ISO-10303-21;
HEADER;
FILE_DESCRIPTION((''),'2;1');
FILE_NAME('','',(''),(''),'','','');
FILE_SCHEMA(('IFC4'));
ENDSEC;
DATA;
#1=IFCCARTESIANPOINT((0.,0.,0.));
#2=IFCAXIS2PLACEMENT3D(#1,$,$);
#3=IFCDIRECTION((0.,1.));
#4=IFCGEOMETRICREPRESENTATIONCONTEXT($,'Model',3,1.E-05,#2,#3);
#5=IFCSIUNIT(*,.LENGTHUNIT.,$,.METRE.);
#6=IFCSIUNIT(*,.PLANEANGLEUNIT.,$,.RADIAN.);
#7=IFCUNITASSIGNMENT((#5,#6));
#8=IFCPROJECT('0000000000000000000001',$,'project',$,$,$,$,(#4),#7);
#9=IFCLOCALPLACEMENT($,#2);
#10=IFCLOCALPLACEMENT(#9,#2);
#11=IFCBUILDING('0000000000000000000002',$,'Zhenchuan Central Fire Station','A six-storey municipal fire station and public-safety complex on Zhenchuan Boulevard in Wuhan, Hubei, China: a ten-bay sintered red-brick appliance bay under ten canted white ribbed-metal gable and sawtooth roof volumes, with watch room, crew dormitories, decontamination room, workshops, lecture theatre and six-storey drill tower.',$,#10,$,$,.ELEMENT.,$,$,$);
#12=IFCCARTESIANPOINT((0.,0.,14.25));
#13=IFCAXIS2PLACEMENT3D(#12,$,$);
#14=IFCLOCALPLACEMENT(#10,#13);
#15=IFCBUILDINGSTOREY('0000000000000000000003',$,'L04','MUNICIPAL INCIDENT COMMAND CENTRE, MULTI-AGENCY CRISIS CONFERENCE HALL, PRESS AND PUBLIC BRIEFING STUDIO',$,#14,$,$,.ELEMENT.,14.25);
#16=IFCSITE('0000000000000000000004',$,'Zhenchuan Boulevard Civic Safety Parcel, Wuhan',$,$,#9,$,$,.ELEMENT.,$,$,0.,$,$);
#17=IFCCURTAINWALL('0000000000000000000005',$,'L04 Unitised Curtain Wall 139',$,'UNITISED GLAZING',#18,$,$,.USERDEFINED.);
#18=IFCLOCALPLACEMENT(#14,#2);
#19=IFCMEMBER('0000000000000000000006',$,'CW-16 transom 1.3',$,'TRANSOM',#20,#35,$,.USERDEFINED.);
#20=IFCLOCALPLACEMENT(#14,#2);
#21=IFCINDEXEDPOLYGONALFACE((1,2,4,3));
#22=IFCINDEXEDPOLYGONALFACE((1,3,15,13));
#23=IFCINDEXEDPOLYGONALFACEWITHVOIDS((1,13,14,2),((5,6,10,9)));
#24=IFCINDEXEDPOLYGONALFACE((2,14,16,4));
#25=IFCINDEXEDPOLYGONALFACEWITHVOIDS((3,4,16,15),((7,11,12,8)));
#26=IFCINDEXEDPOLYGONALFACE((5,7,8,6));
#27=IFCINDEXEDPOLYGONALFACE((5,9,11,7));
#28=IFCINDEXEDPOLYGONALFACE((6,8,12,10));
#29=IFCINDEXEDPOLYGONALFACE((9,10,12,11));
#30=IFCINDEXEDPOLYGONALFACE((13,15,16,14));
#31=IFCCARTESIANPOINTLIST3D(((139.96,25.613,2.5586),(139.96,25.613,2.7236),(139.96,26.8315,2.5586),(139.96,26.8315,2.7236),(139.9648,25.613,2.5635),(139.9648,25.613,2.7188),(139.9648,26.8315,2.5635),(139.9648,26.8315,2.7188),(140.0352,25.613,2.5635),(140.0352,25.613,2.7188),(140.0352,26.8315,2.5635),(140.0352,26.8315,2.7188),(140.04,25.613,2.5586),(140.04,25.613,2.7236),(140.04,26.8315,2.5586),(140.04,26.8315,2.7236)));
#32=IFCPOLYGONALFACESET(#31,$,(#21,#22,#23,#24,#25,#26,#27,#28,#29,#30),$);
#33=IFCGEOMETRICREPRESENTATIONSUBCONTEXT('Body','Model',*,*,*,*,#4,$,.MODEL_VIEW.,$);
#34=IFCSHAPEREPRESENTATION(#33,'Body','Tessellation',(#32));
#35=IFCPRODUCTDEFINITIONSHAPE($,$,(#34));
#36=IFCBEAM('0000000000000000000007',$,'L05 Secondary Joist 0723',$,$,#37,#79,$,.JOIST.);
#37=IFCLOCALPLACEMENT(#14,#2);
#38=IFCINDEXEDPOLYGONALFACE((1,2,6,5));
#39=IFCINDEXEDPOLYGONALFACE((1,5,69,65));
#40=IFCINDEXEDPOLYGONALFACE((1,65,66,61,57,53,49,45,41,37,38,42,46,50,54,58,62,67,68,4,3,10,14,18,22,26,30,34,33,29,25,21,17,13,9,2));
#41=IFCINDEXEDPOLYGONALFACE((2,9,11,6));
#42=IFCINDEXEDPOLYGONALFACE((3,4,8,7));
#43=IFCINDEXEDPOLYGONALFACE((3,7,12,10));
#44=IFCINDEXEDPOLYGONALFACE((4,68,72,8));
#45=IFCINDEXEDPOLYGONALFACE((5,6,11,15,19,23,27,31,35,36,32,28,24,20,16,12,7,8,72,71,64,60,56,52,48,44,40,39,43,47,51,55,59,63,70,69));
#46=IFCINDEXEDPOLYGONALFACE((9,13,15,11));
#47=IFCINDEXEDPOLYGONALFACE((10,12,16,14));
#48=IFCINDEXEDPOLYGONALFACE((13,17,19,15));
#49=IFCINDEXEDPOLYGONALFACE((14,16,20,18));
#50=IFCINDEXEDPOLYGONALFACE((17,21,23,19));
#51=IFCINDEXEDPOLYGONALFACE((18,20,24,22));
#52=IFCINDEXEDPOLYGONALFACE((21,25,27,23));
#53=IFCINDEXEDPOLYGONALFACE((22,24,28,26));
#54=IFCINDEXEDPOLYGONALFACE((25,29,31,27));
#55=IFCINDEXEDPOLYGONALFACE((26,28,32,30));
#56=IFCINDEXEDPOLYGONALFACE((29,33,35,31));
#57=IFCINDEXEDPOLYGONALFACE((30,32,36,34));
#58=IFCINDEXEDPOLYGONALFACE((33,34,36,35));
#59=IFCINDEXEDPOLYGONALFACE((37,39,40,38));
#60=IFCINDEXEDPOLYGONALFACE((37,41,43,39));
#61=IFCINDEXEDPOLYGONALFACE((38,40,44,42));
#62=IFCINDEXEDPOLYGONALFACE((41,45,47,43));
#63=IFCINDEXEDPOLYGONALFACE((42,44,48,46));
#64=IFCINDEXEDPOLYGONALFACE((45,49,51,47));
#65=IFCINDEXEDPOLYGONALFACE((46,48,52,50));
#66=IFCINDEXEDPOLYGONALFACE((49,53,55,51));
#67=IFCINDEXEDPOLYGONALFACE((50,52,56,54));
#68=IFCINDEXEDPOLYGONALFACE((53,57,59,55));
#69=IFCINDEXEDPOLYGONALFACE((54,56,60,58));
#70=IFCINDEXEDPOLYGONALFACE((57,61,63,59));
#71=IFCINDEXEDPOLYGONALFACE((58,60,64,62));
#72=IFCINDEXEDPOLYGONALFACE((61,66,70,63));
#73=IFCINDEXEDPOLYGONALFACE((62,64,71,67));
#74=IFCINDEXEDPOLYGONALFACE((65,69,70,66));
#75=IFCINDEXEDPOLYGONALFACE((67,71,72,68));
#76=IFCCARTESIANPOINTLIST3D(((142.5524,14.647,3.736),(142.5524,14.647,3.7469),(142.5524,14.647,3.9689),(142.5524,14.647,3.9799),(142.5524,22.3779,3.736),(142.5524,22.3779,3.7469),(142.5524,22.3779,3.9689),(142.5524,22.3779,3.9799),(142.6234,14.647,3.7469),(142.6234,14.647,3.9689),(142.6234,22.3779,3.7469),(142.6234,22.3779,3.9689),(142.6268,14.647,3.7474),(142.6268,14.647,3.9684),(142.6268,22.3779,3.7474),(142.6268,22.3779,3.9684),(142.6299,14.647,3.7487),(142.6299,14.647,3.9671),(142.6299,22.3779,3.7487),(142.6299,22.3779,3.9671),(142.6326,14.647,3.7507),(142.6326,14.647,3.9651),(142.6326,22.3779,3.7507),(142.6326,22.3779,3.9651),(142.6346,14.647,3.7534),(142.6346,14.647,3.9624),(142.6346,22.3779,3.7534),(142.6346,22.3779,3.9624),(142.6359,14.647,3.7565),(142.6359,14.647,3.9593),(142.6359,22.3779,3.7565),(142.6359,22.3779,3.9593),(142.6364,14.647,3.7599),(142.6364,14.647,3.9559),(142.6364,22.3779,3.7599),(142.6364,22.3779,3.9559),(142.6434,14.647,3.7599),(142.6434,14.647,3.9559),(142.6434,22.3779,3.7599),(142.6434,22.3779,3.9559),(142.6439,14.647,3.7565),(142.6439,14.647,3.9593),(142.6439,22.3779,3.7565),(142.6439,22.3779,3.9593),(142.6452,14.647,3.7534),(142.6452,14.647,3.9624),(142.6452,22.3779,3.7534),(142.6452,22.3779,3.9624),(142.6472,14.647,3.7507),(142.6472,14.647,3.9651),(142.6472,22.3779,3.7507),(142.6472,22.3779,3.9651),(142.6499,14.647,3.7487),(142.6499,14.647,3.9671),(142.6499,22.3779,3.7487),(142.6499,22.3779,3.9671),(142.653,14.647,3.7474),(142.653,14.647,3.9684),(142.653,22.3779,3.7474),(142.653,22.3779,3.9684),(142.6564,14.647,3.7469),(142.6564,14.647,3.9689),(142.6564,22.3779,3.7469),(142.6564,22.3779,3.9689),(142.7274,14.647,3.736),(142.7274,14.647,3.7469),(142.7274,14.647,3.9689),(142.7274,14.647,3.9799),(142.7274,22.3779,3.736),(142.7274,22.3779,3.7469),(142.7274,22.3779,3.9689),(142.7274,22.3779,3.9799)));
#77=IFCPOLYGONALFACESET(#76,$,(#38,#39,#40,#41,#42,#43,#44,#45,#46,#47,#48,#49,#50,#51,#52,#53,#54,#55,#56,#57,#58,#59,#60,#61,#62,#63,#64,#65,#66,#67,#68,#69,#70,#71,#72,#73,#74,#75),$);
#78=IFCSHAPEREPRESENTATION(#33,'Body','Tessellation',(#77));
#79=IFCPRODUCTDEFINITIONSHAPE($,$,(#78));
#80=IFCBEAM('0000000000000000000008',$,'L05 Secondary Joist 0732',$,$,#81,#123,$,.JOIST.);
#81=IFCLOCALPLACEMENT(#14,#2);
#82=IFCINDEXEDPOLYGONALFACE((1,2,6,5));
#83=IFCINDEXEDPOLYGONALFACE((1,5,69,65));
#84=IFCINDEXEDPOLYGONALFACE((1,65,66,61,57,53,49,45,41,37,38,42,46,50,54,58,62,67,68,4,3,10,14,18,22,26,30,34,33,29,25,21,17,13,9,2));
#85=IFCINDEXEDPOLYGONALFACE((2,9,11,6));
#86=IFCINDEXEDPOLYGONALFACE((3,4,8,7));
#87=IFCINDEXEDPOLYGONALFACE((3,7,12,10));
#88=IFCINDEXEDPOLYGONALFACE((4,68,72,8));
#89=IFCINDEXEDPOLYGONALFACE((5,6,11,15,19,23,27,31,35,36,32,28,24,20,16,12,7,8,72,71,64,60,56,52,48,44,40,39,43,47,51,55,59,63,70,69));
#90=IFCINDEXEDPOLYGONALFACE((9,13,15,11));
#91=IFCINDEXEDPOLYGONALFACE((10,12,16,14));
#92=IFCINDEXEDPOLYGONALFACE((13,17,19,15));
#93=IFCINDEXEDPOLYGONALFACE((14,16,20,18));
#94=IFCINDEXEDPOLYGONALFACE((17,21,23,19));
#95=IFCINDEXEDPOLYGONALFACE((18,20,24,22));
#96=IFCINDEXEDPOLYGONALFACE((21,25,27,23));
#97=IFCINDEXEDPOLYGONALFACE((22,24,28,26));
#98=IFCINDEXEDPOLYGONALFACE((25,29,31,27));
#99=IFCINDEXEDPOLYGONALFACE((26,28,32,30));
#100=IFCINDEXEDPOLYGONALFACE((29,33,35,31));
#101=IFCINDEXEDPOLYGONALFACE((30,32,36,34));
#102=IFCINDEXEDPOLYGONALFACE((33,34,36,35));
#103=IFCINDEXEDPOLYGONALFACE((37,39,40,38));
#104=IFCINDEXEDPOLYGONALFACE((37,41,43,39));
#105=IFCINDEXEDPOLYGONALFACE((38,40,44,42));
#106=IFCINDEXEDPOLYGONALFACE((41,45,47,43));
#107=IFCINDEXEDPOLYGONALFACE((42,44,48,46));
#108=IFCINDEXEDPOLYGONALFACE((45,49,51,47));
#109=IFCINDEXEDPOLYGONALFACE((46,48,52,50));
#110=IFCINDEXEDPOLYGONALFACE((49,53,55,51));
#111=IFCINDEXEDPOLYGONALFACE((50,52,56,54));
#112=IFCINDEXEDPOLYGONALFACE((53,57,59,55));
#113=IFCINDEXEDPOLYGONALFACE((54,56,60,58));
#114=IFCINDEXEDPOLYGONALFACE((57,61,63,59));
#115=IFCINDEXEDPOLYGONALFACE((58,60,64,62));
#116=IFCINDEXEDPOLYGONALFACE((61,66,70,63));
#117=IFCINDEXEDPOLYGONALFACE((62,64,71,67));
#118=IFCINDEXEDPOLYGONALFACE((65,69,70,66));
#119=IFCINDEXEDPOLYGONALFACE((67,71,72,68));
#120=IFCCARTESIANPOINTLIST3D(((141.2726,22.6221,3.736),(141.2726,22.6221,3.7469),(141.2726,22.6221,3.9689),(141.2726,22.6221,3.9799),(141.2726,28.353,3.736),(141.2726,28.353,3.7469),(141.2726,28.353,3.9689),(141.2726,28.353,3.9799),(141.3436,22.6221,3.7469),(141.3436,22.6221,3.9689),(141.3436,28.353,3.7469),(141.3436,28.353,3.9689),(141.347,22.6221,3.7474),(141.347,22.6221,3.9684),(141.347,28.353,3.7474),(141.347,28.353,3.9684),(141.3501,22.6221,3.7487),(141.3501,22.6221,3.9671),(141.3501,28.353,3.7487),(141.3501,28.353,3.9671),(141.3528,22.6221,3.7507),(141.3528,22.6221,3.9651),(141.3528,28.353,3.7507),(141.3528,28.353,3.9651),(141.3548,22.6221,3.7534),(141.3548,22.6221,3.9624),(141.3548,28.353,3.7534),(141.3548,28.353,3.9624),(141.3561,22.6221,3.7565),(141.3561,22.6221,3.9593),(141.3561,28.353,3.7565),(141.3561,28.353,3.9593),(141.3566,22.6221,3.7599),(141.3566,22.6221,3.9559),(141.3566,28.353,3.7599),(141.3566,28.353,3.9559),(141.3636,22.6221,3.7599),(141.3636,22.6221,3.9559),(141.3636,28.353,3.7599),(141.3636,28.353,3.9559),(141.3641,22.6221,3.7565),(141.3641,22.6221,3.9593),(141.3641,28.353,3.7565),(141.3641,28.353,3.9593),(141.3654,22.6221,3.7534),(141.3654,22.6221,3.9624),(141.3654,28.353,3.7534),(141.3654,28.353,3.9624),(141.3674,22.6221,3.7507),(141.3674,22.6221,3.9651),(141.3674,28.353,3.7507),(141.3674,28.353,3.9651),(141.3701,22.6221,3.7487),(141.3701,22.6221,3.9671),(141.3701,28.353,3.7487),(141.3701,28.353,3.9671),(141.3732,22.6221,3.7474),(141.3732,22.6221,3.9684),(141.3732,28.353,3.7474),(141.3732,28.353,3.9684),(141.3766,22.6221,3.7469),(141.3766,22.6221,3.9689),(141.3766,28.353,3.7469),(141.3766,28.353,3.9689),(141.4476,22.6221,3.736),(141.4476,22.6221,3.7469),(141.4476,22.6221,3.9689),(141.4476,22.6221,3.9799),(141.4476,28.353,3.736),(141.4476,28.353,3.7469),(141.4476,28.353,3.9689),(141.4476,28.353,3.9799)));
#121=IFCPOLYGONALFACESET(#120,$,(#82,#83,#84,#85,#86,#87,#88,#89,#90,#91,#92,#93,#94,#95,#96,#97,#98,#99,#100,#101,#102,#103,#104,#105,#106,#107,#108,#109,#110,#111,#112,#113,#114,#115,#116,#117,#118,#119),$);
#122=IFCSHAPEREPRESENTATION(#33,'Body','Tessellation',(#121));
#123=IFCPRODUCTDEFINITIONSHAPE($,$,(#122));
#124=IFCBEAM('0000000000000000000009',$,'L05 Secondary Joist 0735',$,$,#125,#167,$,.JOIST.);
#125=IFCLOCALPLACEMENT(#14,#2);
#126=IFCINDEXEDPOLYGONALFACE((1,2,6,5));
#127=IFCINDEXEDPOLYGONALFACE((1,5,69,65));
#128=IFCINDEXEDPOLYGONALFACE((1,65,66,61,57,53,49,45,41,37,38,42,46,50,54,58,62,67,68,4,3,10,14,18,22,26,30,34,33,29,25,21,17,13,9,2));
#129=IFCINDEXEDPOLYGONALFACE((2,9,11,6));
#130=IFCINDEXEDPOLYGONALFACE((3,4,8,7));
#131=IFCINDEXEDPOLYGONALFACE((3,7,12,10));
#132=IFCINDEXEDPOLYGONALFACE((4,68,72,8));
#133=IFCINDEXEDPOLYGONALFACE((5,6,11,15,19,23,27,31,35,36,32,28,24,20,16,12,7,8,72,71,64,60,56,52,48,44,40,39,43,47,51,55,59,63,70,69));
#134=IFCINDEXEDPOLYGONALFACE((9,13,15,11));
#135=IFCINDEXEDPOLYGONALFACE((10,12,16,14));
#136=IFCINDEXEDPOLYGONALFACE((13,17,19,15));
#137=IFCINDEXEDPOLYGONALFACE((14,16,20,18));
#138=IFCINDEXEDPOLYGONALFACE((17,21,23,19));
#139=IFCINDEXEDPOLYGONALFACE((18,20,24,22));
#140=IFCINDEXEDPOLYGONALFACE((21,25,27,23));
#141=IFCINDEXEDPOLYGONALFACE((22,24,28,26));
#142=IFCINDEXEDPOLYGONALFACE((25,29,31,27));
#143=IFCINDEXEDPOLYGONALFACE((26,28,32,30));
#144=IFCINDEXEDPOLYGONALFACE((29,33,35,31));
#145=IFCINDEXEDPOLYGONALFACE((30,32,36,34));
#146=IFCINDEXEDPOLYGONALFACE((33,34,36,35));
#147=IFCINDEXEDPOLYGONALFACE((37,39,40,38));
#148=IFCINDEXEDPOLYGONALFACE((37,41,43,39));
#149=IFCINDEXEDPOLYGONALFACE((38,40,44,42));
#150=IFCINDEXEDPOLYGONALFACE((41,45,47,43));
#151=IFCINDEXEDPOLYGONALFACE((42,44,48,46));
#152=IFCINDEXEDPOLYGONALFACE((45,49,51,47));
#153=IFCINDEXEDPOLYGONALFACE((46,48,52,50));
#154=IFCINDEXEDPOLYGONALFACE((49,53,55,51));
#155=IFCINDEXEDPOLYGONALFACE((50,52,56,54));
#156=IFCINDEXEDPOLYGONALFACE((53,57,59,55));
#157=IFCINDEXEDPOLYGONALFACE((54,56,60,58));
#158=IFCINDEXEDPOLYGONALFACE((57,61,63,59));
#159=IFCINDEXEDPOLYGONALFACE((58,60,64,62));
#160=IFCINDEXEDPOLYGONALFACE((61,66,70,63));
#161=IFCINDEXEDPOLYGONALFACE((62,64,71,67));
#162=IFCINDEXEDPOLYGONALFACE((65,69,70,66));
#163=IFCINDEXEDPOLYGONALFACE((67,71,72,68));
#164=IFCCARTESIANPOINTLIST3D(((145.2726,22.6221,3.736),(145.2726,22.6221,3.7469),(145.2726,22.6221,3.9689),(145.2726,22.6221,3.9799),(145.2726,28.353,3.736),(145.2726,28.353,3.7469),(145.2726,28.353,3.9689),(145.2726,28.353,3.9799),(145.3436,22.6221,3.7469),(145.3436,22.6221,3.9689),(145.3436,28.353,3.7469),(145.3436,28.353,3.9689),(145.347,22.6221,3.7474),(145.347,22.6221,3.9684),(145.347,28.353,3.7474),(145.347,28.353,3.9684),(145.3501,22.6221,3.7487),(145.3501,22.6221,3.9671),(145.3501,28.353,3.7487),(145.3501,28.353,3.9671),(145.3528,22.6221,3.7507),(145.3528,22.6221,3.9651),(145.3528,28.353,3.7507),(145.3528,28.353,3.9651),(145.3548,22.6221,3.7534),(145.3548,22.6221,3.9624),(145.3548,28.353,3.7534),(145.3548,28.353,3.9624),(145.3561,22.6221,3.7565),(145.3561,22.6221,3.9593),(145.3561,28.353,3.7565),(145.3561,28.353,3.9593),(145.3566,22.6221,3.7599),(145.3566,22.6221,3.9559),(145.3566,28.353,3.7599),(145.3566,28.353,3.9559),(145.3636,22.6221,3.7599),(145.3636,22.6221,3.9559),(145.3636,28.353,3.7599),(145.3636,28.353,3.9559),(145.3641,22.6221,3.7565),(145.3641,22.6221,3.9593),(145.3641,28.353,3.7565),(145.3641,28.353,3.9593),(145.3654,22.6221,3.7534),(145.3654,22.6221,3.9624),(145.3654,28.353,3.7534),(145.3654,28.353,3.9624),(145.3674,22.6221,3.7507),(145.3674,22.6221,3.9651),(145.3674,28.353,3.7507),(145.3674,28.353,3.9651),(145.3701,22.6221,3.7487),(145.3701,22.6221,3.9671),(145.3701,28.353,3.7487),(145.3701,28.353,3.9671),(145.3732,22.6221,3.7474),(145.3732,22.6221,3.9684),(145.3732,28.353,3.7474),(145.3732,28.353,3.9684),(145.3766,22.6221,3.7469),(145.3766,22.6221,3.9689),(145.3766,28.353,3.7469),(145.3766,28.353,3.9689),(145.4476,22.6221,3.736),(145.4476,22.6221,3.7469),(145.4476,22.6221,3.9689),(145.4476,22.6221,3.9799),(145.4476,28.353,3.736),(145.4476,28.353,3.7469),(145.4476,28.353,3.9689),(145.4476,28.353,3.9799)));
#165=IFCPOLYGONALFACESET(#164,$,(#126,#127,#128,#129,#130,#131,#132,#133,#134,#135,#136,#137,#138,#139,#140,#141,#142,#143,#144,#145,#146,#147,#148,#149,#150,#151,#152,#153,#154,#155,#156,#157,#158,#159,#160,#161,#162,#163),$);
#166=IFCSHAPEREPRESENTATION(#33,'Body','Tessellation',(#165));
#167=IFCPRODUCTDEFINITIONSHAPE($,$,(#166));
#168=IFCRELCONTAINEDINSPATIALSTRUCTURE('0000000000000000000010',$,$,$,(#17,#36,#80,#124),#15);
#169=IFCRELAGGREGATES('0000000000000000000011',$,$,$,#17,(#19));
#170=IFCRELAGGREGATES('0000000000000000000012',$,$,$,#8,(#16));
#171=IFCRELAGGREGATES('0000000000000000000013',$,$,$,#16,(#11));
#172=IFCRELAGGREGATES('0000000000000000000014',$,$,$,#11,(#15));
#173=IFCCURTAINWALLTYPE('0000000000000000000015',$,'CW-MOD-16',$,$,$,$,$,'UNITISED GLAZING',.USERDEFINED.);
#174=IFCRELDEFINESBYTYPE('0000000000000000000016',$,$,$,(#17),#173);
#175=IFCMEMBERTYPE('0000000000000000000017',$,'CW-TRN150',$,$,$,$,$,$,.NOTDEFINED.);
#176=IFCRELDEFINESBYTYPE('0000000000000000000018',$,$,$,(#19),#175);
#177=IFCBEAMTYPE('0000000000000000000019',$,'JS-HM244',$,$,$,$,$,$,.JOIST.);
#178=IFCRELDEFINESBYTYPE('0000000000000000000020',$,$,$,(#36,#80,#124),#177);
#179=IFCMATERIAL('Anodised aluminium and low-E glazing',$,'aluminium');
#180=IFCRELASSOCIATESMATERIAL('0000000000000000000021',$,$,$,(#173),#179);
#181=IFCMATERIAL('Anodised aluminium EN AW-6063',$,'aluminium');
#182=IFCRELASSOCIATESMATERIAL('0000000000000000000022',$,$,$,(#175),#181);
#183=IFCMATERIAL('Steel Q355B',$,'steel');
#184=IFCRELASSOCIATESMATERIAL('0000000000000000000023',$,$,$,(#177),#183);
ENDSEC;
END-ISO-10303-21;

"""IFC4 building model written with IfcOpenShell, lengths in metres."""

from ifc_helpers import new_model, si_unit, direction, frame, origin, origin_2d, place, context, subcontext, project, spatial, hollow_rectangle, i_section, extrude, material, material_profile, profile_set, type_object, element, aggregate, save


model = new_model("IFC4")

# Units and contexts
model_context = context("Model", 3, precision=1e-05, world=origin(), true_north=direction((0.0, 1.0)))
body_context = subcontext(model_context, "Body", "Model", "MODEL_VIEW")
ifc_project = project(units=[si_unit("LENGTHUNIT", "METRE"), si_unit("PLANEANGLEUNIT", "RADIAN")], contexts=[model_context])

# Site, building, storey
site_placement = place(None, origin())
site = spatial("IfcSite", under=ifc_project, at=site_placement, Name="Zhenchuan Boulevard Civic Safety Parcel, Wuhan", CompositionType="ELEMENT", RefElevation=0.0)
building_placement = place(site_placement, origin())
building = spatial("IfcBuilding", under=site, at=building_placement, Name="Zhenchuan Central Fire Station", Description="A six-storey municipal fire station and public-safety complex on Zhenchuan Boulevard in Wuhan, Hubei, China: a ten-bay sintered red-brick appliance bay under ten canted white ribbed-metal gable and sawtooth roof volumes, with watch room, crew dormitories, decontamination room, workshops, lecture theatre and six-storey drill tower.", CompositionType="ELEMENT")
storey_placement = place(building_placement, frame((0.0, 0.0, 14.25)))
storey = spatial("IfcBuildingStorey", under=building, at=storey_placement, Name="L04", Description="MUNICIPAL INCIDENT COMMAND CENTRE, MULTI-AGENCY CRISIS CONFERENCE HALL, PRESS AND PUBLIC BRIEFING STUDIO", CompositionType="ELEMENT", Elevation=14.25)

# Shared definitions
ifc_material_1 = material(Name="Steel Q355B", Category="steel")

# Curtain wall
ifc_material_2 = material(Name="Anodised aluminium and low-E glazing", Category="aluminium")
curtain_wall_type_1 = type_object("IfcCurtainWallType", Name="CW-MOD-16", ElementType="UNITISED GLAZING", PredefinedType="USERDEFINED", material=ifc_material_2)
curtain_wall_1_placement = place(storey_placement, origin())
curtain_wall_1 = element("IfcCurtainWall", 1, at=curtain_wall_1_placement, inside=storey, type_object=curtain_wall_type_1, Name="L04 Unitised Curtain Wall 139", ObjectType="UNITISED GLAZING", PredefinedType="USERDEFINED")
ifc_material_3 = material(Name="Anodised aluminium EN AW-6063", Category="aluminium")

# Shared definitions
ifc_material_profile_1 = material_profile(ifc_material_3, hollow_rectangle(XDim=0.0801, YDim=0.165, WallThickness=0.0049, at=origin_2d()), Name="ALU-T 165x80")
ifc_profile_set_1 = profile_set([ifc_material_profile_1], Name="Anodised aluminium EN AW-6063")
member_type_1 = type_object("IfcMemberType", Name="CW-TRN150", PredefinedType="NOTDEFINED", material=ifc_profile_set_1)

# Member
member_1_placement = place(storey_placement, frame((140.0, 25.613, 2.6411), z_axis=(0.0, 1.0, 0.0), x_axis=(-1.0, 0.0, 0.0)))
member_1 = element("IfcMember", 2, at=member_1_placement, type_object=member_type_1, Name="CW-16 transom 1.3", ObjectType="TRANSOM", PredefinedType="USERDEFINED", context=body_context, shape_type="SweptSolid", body=[
    extrude(hollow_rectangle(XDim=0.0801, YDim=0.165, WallThickness=0.0049, at=origin_2d()), origin(), (0.0, 0.0, 1.0), 1.2185),
])
aggregate(curtain_wall_1, [member_1])

# Beams
ifc_material_profile_2 = material_profile(ifc_material_1, i_section(OverallWidth=0.175, OverallDepth=0.2439, WebThickness=0.0071, FlangeThickness=0.011, FilletRadius=0.0129, at=origin_2d()), Name="HM 244x175")
ifc_profile_set_2 = profile_set([ifc_material_profile_2], Name="Steel Q355B")
beam_type_1 = type_object("IfcBeamType", Name="JS-HM244", PredefinedType="JOIST", material=ifc_profile_set_2)
beam_1_placement = place(storey_placement, frame((142.6399, 14.647, 3.8579), z_axis=(0.0, 1.0, 0.0), x_axis=(-1.0, 0.0, 0.0)))
element("IfcBeam", 3, at=beam_1_placement, inside=storey, type_object=beam_type_1, Name="L05 Secondary Joist 0723", PredefinedType="JOIST", context=body_context, shape_type="SweptSolid", body=[
    extrude(i_section(OverallWidth=0.175, OverallDepth=0.2439, WebThickness=0.0071, FlangeThickness=0.011, FilletRadius=0.0129, at=origin_2d()), origin(), (0.0, 0.0, 1.0), 7.731),
])
for number, where, z_axis, x_axis, name in (
    (4, (141.3601, 22.6221, 3.8579), (0.0, 1.0, 0.0), (-1.0, 0.0, 0.0), "L05 Secondary Joist 0732"),
    (5, (145.3601, 22.6221, 3.8579), (0.0, 1.0, 0.0), (-1.0, 0.0, 0.0), "L05 Secondary Joist 0735"),
):
    element("IfcBeam", number, at=place(storey_placement, frame(where, z_axis=z_axis, x_axis=x_axis)), inside=storey, type_object=beam_type_1, Name=name, PredefinedType="JOIST", context=body_context, shape_type="SweptSolid", body=[
        extrude(i_section(OverallWidth=0.175, OverallDepth=0.2439, WebThickness=0.0071, FlangeThickness=0.011, FilletRadius=0.0129, at=origin_2d()), origin(), (0.0, 0.0, 1.0), 5.731),
    ])

save(model, "model.ifc")
